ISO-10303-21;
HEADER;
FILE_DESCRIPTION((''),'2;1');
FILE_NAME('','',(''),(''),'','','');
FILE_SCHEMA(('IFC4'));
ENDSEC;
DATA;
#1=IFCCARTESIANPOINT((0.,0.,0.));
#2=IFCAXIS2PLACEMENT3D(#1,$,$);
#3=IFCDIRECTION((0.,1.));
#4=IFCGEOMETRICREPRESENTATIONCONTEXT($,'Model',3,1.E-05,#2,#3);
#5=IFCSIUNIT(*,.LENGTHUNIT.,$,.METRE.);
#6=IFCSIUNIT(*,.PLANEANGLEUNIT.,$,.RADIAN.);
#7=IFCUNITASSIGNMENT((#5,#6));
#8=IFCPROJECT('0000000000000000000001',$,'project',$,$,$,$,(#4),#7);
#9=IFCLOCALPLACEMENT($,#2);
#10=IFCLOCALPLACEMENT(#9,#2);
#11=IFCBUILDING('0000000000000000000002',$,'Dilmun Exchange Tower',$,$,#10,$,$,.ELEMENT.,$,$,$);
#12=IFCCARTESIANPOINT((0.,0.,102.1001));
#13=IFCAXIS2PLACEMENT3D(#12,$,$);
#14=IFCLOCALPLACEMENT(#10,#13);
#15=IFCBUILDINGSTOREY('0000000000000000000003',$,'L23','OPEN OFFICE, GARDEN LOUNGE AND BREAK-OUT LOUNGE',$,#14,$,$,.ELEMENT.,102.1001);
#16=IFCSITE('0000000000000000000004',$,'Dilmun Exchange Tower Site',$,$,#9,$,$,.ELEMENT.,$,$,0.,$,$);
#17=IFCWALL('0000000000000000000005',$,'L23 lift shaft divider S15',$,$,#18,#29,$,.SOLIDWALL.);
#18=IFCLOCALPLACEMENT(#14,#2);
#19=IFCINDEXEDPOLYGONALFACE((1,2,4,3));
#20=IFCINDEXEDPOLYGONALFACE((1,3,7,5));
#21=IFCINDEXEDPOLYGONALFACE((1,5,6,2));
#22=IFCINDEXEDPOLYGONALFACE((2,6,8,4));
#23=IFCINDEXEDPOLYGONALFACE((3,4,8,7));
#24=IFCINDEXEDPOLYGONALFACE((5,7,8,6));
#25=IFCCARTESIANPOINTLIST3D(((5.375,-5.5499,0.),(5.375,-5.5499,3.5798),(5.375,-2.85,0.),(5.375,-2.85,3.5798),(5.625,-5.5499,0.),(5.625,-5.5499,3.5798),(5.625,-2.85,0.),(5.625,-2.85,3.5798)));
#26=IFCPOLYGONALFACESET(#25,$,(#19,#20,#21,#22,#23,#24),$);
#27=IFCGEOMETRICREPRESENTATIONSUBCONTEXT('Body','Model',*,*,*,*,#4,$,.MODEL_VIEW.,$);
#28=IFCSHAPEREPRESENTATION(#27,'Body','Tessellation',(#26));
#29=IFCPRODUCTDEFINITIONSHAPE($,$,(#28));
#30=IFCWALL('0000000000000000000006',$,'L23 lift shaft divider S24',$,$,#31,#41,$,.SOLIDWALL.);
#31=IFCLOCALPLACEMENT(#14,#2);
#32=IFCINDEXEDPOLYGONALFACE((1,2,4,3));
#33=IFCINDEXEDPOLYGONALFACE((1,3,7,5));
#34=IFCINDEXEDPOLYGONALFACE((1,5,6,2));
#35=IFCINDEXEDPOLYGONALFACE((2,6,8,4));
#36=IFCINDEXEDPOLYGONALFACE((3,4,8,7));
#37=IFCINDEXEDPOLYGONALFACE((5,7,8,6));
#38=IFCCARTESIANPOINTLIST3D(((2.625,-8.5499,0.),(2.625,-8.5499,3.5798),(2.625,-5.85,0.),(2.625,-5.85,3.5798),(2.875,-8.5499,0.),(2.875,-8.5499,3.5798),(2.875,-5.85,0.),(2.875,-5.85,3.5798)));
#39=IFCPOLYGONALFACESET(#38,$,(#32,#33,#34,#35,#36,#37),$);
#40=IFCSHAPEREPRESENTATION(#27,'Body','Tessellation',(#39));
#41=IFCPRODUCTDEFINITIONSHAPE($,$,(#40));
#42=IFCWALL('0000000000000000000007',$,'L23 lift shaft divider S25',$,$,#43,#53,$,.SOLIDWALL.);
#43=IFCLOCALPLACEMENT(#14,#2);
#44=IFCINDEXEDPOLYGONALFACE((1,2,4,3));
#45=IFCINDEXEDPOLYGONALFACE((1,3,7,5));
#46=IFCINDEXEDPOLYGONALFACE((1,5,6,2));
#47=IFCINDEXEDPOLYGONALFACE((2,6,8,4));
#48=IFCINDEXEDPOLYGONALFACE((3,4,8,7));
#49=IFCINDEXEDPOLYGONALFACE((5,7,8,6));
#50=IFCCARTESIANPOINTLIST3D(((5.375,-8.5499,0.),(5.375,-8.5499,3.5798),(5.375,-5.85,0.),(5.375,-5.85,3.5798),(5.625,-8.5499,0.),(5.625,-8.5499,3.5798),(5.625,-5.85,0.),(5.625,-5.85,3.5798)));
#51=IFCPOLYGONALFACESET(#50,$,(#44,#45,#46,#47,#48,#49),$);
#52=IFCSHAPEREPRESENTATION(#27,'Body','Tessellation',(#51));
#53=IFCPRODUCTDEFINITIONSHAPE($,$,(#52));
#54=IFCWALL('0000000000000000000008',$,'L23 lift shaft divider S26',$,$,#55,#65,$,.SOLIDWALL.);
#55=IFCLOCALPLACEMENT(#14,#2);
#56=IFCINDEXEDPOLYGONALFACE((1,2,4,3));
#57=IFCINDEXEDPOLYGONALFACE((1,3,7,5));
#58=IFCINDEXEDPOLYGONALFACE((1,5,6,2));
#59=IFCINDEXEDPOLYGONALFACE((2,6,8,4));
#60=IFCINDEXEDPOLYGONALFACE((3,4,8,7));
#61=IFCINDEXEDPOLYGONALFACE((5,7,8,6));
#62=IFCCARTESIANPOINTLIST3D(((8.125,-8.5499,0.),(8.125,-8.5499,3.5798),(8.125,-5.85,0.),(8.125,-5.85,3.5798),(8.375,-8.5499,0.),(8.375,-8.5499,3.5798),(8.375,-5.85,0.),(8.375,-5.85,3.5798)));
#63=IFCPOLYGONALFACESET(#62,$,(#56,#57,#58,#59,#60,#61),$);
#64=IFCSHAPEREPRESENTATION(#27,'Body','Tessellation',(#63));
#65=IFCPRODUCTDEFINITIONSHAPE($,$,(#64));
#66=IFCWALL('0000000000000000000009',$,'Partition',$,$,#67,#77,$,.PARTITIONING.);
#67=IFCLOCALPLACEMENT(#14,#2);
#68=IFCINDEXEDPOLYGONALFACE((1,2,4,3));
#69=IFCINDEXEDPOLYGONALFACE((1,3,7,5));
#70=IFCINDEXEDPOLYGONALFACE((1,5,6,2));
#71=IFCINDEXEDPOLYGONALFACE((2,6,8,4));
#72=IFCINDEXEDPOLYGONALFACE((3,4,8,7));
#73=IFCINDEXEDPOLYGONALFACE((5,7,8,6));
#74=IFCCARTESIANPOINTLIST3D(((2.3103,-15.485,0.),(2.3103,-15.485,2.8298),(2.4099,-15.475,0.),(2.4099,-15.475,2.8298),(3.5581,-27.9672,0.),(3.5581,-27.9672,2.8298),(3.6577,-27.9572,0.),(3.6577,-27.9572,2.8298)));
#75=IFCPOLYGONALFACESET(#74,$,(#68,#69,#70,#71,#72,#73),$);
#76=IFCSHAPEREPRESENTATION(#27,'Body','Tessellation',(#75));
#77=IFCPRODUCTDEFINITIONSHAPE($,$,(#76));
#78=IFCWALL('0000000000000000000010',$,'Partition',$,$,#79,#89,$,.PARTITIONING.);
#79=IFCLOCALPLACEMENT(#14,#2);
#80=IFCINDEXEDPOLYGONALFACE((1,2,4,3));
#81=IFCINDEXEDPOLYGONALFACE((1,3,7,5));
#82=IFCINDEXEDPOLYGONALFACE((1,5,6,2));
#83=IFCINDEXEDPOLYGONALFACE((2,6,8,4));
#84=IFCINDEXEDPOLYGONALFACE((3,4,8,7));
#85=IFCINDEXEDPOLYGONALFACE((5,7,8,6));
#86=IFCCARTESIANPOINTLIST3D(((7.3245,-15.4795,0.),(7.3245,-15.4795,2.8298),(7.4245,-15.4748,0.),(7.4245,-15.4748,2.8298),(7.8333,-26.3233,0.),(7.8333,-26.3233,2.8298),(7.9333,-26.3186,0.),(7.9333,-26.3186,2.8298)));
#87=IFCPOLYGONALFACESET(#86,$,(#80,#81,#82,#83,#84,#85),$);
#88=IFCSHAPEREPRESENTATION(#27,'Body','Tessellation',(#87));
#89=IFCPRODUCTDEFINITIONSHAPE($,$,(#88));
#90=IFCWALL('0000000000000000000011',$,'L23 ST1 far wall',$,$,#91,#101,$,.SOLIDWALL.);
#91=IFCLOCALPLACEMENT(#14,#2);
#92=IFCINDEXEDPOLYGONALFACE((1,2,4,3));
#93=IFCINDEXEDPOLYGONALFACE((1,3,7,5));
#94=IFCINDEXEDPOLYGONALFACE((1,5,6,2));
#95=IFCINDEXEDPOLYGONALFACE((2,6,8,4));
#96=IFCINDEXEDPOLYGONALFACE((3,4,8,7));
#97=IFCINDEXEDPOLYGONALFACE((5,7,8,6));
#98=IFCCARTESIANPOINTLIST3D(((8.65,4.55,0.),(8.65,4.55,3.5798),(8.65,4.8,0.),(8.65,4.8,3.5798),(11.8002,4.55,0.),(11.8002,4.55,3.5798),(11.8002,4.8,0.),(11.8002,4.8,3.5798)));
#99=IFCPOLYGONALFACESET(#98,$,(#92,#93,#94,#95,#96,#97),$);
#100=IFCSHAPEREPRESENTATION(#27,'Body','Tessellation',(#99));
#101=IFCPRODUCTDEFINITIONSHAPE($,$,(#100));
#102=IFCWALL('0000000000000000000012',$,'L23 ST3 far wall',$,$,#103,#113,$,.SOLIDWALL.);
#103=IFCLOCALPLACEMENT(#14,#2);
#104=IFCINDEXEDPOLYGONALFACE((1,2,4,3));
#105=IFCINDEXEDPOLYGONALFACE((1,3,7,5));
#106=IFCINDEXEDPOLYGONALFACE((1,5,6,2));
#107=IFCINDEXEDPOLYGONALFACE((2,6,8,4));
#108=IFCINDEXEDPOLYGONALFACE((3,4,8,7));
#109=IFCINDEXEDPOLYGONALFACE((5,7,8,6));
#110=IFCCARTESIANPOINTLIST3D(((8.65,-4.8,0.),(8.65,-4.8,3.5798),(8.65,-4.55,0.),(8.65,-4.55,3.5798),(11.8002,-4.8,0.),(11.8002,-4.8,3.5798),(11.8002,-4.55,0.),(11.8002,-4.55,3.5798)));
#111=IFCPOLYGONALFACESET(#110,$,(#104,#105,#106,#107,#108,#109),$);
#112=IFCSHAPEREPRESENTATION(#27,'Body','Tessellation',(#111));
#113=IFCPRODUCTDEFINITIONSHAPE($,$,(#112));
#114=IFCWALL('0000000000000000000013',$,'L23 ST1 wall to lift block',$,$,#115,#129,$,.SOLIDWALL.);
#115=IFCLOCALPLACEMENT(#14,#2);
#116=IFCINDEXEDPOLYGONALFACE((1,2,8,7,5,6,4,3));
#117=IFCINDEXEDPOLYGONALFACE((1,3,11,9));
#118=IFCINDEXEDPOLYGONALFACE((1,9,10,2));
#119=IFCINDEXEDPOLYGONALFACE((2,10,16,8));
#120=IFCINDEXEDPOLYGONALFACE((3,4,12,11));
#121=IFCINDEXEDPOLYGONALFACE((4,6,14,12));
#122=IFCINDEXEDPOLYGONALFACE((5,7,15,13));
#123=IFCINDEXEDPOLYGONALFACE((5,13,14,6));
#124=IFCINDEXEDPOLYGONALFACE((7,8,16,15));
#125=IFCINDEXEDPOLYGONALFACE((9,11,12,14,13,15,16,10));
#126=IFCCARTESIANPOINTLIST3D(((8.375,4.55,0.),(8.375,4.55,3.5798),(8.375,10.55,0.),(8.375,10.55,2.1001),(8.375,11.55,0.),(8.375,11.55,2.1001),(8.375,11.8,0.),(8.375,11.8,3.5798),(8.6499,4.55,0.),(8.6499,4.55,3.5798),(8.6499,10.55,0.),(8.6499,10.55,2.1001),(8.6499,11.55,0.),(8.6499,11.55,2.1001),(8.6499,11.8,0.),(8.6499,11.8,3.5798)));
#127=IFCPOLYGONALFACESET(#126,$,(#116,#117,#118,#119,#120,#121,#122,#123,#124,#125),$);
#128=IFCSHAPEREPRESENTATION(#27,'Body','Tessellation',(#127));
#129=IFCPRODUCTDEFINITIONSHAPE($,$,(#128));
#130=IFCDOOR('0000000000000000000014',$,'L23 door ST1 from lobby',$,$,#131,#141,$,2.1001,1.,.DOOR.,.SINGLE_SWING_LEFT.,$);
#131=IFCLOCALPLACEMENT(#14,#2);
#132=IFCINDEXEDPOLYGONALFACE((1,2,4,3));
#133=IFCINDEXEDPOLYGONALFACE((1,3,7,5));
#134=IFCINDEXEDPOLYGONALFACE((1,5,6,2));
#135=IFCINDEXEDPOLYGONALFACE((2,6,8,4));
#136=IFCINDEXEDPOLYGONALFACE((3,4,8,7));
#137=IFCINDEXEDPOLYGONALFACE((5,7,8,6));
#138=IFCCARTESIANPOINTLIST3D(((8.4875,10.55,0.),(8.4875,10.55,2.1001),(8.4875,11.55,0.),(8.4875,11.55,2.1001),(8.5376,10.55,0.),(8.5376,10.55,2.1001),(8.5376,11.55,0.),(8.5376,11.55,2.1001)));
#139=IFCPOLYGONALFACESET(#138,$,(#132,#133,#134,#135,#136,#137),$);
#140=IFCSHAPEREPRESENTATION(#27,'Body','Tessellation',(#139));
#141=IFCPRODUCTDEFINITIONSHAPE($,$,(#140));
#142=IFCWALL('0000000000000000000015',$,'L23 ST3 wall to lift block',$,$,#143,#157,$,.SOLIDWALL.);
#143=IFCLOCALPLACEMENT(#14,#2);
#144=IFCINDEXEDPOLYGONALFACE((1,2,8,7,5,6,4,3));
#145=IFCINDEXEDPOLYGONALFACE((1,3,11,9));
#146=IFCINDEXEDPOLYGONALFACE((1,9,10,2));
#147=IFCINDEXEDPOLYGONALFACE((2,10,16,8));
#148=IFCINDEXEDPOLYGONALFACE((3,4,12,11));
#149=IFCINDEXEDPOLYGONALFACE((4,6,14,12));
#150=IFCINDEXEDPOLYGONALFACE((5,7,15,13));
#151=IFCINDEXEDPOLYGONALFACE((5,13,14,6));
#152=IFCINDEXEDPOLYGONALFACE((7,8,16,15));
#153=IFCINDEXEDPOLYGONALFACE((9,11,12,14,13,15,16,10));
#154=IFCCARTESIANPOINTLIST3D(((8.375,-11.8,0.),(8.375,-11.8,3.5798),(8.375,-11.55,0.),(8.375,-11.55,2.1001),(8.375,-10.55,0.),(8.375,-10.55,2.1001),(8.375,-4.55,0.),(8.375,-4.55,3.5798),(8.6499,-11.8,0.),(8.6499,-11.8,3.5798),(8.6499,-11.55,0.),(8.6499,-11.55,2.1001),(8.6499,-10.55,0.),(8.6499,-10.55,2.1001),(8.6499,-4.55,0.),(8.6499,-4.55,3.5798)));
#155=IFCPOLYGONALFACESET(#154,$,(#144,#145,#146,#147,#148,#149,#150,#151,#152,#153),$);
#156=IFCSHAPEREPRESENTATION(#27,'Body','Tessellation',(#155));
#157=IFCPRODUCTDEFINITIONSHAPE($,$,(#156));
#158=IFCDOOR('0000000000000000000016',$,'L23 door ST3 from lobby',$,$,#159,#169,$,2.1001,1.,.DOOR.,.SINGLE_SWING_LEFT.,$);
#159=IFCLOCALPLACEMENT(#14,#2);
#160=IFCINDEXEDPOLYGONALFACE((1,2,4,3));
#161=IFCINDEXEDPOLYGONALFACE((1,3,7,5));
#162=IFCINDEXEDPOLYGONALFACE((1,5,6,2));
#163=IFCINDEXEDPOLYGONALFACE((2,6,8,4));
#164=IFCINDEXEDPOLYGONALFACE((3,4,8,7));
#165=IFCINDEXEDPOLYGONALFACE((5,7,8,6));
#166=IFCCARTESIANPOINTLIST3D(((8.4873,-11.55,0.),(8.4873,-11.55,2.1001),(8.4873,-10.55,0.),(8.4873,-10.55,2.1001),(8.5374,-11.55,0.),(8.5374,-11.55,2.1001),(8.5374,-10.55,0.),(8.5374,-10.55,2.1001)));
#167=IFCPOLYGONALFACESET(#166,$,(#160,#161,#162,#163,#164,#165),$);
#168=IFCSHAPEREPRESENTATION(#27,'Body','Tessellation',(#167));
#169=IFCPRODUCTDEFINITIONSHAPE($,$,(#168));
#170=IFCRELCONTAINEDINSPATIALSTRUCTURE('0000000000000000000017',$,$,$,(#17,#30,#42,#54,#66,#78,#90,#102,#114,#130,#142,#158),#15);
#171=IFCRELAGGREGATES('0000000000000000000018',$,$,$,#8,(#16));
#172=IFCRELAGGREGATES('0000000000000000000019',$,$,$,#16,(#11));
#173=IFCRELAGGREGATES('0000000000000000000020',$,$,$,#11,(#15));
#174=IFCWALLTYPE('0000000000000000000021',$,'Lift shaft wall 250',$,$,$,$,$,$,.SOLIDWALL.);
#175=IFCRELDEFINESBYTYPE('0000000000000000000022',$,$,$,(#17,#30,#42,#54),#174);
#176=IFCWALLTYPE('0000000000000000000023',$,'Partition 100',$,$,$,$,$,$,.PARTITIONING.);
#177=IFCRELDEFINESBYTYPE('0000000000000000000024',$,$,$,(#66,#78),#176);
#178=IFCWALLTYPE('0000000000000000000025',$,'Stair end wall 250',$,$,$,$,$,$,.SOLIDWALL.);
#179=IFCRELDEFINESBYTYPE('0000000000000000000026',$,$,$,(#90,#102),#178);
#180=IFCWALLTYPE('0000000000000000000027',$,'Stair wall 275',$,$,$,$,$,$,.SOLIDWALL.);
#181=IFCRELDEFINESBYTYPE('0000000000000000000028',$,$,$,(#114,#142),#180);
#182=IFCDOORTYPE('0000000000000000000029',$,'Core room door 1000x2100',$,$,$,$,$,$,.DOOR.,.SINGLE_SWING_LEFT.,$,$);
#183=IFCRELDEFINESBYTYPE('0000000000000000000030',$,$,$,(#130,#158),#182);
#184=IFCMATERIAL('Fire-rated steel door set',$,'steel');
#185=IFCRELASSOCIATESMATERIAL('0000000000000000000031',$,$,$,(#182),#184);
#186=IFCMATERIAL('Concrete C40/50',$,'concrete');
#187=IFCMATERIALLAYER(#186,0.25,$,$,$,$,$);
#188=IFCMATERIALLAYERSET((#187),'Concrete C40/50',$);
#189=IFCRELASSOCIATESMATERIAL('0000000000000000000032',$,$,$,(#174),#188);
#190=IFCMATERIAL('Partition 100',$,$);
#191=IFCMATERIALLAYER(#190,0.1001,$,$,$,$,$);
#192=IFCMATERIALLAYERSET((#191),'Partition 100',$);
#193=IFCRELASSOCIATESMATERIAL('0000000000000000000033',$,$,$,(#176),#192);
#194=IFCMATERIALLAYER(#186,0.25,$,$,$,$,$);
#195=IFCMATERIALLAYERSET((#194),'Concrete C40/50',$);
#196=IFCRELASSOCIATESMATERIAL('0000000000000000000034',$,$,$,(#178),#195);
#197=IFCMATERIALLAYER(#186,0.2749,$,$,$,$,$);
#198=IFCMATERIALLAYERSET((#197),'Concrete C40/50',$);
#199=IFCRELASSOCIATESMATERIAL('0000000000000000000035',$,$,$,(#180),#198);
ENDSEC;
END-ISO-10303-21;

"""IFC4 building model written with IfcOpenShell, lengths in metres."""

from ifc_helpers import new_model, si_unit, direction, frame, frame_2d, origin, place, context, subcontext, project, spatial, rectangle, extrude, material, layer, layer_set, type_object, element, fill, save


model = new_model("IFC4")

# Units and contexts
model_context = context("Model", 3, precision=1e-05, world=origin(), true_north=direction((0.0, 1.0)))
body_context = subcontext(model_context, "Body", "Model", "MODEL_VIEW")
ifc_project = project(units=[si_unit("LENGTHUNIT", "METRE"), si_unit("PLANEANGLEUNIT", "RADIAN")], contexts=[model_context])

# Site, building, storey
site_placement = place(None, origin())
site = spatial("IfcSite", under=ifc_project, at=site_placement, Name="Dilmun Exchange Tower Site", CompositionType="ELEMENT", RefElevation=0.0)
building_placement = place(site_placement, origin())
building = spatial("IfcBuilding", under=site, at=building_placement, Name="Dilmun Exchange Tower", CompositionType="ELEMENT")
storey_placement = place(building_placement, frame((0.0, 0.0, 102.1001)))
storey = spatial("IfcBuildingStorey", under=building, at=storey_placement, Name="L23", Description="OPEN OFFICE, GARDEN LOUNGE AND BREAK-OUT LOUNGE", CompositionType="ELEMENT", Elevation=102.1001)

# Shared definitions
ifc_material_1 = material(Name="Concrete C40/50", Category="concrete")

# Shared definitions
ifc_material_2 = material(Name="Fire-rated steel door set", Category="steel")

# Shared definitions
door_type_1 = type_object("IfcDoorType", Name="Core room door 1000x2100", OperationType="SINGLE_SWING_LEFT", PredefinedType="DOOR", material=ifc_material_2)

# Walls
ifc_layer_1 = layer(ifc_material_1, 0.25)
ifc_layer_set_1 = layer_set([ifc_layer_1], Name="Concrete C40/50")
wall_type_1 = type_object("IfcWallType", Name="Lift shaft wall 250", PredefinedType="SOLIDWALL", material=ifc_layer_set_1)
for number, where, z_axis, x_axis, name in (
    (1, (5.5, -5.55, 0.0), (0.0, 0.0, 1.0), (0.0, 1.0, 0.0), "L23 lift shaft divider S15"),
    (2, (2.75, -8.55, 0.0), (0.0, 0.0, 1.0), (0.0, 1.0, 0.0), "L23 lift shaft divider S24"),
    (3, (5.5, -8.55, 0.0), (0.0, 0.0, 1.0), (0.0, 1.0, 0.0), "L23 lift shaft divider S25"),
    (4, (8.25, -8.55, 0.0), (0.0, 0.0, 1.0), (0.0, 1.0, 0.0), "L23 lift shaft divider S26"),
):
    element("IfcWall", number, at=place(storey_placement, frame(where, z_axis=z_axis, x_axis=x_axis)), inside=storey, type_object=wall_type_1, Name=name, PredefinedType="SOLIDWALL", context=body_context, shape_type="SweptSolid", body=[
        extrude(rectangle(XDim=2.7, YDim=0.25, at=frame_2d((1.3501, 0.0))), origin(), (0.0, 0.0, 1.0), 3.5798),
    ])
ifc_material_3 = material(Name="Partition 100")
ifc_layer_2 = layer(ifc_material_3, 0.1001)
ifc_layer_set_2 = layer_set([ifc_layer_2], Name="Partition 100")
wall_type_2 = type_object("IfcWallType", Name="Partition 100", PredefinedType="PARTITIONING", material=ifc_layer_set_2)
wall_1_placement = place(storey_placement, frame((2.3601, -15.48, 0.0), z_axis=(0.0, 0.0, 1.0), x_axis=(0.099471, -0.99504, 0.0)))
element("IfcWall", 5, at=wall_1_placement, inside=storey, type_object=wall_type_2, Name="Partition", PredefinedType="PARTITIONING", context=body_context, shape_type="SweptSolid", body=[
    extrude(rectangle(XDim=12.5444, YDim=0.1001, at=frame_2d((6.2722, 0.0))), origin(), (0.0, 0.0, 1.0), 2.8298),
])
wall_2_placement = place(storey_placement, frame((7.3745, -15.4773, 0.0), z_axis=(0.0, 0.0, 1.0), x_axis=(0.046868, -0.998901, 0.0)))
element("IfcWall", 6, at=wall_2_placement, inside=storey, type_object=wall_type_2, Name="Partition", PredefinedType="PARTITIONING", context=body_context, shape_type="SweptSolid", body=[
    extrude(rectangle(XDim=10.8557, YDim=0.1001, at=frame_2d((5.4277, 0.0))), origin(), (0.0, 0.0, 1.0), 2.8298),
])
ifc_layer_3 = layer(ifc_material_1, 0.25)
ifc_layer_set_3 = layer_set([ifc_layer_3], Name="Concrete C40/50")
wall_type_3 = type_object("IfcWallType", Name="Stair end wall 250", PredefinedType="SOLIDWALL", material=ifc_layer_set_3)
for number, where, z_axis, x_axis, name in (
    (7, (8.6499, 4.675, 0.0), (0.0, 0.0, 1.0), (1.0, 0.0, 0.0), "L23 ST1 far wall"),
    (8, (8.6499, -4.675, 0.0), (0.0, 0.0, 1.0), (1.0, 0.0, 0.0), "L23 ST3 far wall"),
):
    element("IfcWall", number, at=place(storey_placement, frame(where, z_axis=z_axis, x_axis=x_axis)), inside=storey, type_object=wall_type_3, Name=name, PredefinedType="SOLIDWALL", context=body_context, shape_type="SweptSolid", body=[
        extrude(rectangle(XDim=3.1501, YDim=0.25, at=frame_2d((1.5752, 0.0))), origin(), (0.0, 0.0, 1.0), 3.5798),
    ])

# Walls, openings, doors
ifc_layer_4 = layer(ifc_material_1, 0.2749)
ifc_layer_set_4 = layer_set([ifc_layer_4], Name="Concrete C40/50")
wall_type_4 = type_object("IfcWallType", Name="Stair wall 275", PredefinedType="SOLIDWALL", material=ifc_layer_set_4)
wall_3_placement = place(storey_placement, frame((8.5125, 4.55, 0.0), z_axis=(0.0, 0.0, 1.0), x_axis=(0.0, 1.0, 0.0)))
wall_3 = element("IfcWall", 9, at=wall_3_placement, inside=storey, type_object=wall_type_4, Name="L23 ST1 wall to lift block", PredefinedType="SOLIDWALL", context=body_context, shape_type="SweptSolid", body=[
    extrude(rectangle(XDim=7.25, YDim=0.2749, at=frame_2d((3.625, 0.0))), origin(), (0.0, 0.0, 1.0), 3.5798),
])
opening_1_placement = place(wall_3_placement, frame((6.0, 0.0, 0.0)))
opening_1 = element("IfcOpeningElement", 10, at=opening_1_placement, cuts=wall_3, PredefinedType="OPENING", context=body_context, shape_type="SweptSolid", body=[
    extrude(rectangle(XDim=1.0, YDim=2.1001, at=frame_2d((0.5, 1.05))), frame((0.0, 0.1475, 0.0), z_axis=(0.0, -1.0, 0.0), x_axis=(1.0, 0.0, 0.0)), (0.0, 0.0, 1.0), 0.2949),
])
door_1_placement = place(opening_1_placement, origin())
door_1 = element("IfcDoor", 11, at=door_1_placement, inside=storey, type_object=door_type_1, Name="L23 door ST1 from lobby", OperationType="SINGLE_SWING_LEFT", OverallHeight=2.1001, OverallWidth=1.0, PredefinedType="DOOR", context=body_context, shape_type="SweptSolid", body=[
    extrude(rectangle(XDim=1.0, YDim=2.1001, at=frame_2d((0.5, 1.05))), frame((0.0, 0.0249, 0.0), z_axis=(0.0, -1.0, 0.0), x_axis=(1.0, 0.0, 0.0)), (0.0, 0.0, 1.0), 0.05),
])
fill(opening_1, door_1)
wall_4_placement = place(storey_placement, frame((8.5125, -4.55, 0.0), z_axis=(0.0, 0.0, 1.0), x_axis=(0.0, -1.0, 0.0)))
wall_4 = element("IfcWall", 12, at=wall_4_placement, inside=storey, type_object=wall_type_4, Name="L23 ST3 wall to lift block", PredefinedType="SOLIDWALL", context=body_context, shape_type="SweptSolid", body=[
    extrude(rectangle(XDim=7.25, YDim=0.2749, at=frame_2d((3.625, 0.0))), origin(), (0.0, 0.0, 1.0), 3.5798),
])
opening_2_placement = place(wall_4_placement, frame((6.0, 0.0, 0.0)))
opening_2 = element("IfcOpeningElement", 13, at=opening_2_placement, cuts=wall_4, PredefinedType="OPENING", context=body_context, shape_type="SweptSolid", body=[
    extrude(rectangle(XDim=1.0, YDim=2.1001, at=frame_2d((0.5, 1.05))), frame((0.0, 0.1475, 0.0), z_axis=(0.0, -1.0, 0.0), x_axis=(1.0, 0.0, 0.0)), (0.0, 0.0, 1.0), 0.2949),
])
door_2_placement = place(opening_2_placement, origin())
door_2 = element("IfcDoor", 14, at=door_2_placement, inside=storey, type_object=door_type_1, Name="L23 door ST3 from lobby", OperationType="SINGLE_SWING_LEFT", OverallHeight=2.1001, OverallWidth=1.0, PredefinedType="DOOR", context=body_context, shape_type="SweptSolid", body=[
    extrude(rectangle(XDim=1.0, YDim=2.1001, at=frame_2d((0.5, 1.05))), frame((0.0, 0.0249, 0.0), z_axis=(0.0, -1.0, 0.0), x_axis=(1.0, 0.0, 0.0)), (0.0, 0.0, 1.0), 0.05),
])
fill(opening_2, door_2)

save(model, "model.ifc")
